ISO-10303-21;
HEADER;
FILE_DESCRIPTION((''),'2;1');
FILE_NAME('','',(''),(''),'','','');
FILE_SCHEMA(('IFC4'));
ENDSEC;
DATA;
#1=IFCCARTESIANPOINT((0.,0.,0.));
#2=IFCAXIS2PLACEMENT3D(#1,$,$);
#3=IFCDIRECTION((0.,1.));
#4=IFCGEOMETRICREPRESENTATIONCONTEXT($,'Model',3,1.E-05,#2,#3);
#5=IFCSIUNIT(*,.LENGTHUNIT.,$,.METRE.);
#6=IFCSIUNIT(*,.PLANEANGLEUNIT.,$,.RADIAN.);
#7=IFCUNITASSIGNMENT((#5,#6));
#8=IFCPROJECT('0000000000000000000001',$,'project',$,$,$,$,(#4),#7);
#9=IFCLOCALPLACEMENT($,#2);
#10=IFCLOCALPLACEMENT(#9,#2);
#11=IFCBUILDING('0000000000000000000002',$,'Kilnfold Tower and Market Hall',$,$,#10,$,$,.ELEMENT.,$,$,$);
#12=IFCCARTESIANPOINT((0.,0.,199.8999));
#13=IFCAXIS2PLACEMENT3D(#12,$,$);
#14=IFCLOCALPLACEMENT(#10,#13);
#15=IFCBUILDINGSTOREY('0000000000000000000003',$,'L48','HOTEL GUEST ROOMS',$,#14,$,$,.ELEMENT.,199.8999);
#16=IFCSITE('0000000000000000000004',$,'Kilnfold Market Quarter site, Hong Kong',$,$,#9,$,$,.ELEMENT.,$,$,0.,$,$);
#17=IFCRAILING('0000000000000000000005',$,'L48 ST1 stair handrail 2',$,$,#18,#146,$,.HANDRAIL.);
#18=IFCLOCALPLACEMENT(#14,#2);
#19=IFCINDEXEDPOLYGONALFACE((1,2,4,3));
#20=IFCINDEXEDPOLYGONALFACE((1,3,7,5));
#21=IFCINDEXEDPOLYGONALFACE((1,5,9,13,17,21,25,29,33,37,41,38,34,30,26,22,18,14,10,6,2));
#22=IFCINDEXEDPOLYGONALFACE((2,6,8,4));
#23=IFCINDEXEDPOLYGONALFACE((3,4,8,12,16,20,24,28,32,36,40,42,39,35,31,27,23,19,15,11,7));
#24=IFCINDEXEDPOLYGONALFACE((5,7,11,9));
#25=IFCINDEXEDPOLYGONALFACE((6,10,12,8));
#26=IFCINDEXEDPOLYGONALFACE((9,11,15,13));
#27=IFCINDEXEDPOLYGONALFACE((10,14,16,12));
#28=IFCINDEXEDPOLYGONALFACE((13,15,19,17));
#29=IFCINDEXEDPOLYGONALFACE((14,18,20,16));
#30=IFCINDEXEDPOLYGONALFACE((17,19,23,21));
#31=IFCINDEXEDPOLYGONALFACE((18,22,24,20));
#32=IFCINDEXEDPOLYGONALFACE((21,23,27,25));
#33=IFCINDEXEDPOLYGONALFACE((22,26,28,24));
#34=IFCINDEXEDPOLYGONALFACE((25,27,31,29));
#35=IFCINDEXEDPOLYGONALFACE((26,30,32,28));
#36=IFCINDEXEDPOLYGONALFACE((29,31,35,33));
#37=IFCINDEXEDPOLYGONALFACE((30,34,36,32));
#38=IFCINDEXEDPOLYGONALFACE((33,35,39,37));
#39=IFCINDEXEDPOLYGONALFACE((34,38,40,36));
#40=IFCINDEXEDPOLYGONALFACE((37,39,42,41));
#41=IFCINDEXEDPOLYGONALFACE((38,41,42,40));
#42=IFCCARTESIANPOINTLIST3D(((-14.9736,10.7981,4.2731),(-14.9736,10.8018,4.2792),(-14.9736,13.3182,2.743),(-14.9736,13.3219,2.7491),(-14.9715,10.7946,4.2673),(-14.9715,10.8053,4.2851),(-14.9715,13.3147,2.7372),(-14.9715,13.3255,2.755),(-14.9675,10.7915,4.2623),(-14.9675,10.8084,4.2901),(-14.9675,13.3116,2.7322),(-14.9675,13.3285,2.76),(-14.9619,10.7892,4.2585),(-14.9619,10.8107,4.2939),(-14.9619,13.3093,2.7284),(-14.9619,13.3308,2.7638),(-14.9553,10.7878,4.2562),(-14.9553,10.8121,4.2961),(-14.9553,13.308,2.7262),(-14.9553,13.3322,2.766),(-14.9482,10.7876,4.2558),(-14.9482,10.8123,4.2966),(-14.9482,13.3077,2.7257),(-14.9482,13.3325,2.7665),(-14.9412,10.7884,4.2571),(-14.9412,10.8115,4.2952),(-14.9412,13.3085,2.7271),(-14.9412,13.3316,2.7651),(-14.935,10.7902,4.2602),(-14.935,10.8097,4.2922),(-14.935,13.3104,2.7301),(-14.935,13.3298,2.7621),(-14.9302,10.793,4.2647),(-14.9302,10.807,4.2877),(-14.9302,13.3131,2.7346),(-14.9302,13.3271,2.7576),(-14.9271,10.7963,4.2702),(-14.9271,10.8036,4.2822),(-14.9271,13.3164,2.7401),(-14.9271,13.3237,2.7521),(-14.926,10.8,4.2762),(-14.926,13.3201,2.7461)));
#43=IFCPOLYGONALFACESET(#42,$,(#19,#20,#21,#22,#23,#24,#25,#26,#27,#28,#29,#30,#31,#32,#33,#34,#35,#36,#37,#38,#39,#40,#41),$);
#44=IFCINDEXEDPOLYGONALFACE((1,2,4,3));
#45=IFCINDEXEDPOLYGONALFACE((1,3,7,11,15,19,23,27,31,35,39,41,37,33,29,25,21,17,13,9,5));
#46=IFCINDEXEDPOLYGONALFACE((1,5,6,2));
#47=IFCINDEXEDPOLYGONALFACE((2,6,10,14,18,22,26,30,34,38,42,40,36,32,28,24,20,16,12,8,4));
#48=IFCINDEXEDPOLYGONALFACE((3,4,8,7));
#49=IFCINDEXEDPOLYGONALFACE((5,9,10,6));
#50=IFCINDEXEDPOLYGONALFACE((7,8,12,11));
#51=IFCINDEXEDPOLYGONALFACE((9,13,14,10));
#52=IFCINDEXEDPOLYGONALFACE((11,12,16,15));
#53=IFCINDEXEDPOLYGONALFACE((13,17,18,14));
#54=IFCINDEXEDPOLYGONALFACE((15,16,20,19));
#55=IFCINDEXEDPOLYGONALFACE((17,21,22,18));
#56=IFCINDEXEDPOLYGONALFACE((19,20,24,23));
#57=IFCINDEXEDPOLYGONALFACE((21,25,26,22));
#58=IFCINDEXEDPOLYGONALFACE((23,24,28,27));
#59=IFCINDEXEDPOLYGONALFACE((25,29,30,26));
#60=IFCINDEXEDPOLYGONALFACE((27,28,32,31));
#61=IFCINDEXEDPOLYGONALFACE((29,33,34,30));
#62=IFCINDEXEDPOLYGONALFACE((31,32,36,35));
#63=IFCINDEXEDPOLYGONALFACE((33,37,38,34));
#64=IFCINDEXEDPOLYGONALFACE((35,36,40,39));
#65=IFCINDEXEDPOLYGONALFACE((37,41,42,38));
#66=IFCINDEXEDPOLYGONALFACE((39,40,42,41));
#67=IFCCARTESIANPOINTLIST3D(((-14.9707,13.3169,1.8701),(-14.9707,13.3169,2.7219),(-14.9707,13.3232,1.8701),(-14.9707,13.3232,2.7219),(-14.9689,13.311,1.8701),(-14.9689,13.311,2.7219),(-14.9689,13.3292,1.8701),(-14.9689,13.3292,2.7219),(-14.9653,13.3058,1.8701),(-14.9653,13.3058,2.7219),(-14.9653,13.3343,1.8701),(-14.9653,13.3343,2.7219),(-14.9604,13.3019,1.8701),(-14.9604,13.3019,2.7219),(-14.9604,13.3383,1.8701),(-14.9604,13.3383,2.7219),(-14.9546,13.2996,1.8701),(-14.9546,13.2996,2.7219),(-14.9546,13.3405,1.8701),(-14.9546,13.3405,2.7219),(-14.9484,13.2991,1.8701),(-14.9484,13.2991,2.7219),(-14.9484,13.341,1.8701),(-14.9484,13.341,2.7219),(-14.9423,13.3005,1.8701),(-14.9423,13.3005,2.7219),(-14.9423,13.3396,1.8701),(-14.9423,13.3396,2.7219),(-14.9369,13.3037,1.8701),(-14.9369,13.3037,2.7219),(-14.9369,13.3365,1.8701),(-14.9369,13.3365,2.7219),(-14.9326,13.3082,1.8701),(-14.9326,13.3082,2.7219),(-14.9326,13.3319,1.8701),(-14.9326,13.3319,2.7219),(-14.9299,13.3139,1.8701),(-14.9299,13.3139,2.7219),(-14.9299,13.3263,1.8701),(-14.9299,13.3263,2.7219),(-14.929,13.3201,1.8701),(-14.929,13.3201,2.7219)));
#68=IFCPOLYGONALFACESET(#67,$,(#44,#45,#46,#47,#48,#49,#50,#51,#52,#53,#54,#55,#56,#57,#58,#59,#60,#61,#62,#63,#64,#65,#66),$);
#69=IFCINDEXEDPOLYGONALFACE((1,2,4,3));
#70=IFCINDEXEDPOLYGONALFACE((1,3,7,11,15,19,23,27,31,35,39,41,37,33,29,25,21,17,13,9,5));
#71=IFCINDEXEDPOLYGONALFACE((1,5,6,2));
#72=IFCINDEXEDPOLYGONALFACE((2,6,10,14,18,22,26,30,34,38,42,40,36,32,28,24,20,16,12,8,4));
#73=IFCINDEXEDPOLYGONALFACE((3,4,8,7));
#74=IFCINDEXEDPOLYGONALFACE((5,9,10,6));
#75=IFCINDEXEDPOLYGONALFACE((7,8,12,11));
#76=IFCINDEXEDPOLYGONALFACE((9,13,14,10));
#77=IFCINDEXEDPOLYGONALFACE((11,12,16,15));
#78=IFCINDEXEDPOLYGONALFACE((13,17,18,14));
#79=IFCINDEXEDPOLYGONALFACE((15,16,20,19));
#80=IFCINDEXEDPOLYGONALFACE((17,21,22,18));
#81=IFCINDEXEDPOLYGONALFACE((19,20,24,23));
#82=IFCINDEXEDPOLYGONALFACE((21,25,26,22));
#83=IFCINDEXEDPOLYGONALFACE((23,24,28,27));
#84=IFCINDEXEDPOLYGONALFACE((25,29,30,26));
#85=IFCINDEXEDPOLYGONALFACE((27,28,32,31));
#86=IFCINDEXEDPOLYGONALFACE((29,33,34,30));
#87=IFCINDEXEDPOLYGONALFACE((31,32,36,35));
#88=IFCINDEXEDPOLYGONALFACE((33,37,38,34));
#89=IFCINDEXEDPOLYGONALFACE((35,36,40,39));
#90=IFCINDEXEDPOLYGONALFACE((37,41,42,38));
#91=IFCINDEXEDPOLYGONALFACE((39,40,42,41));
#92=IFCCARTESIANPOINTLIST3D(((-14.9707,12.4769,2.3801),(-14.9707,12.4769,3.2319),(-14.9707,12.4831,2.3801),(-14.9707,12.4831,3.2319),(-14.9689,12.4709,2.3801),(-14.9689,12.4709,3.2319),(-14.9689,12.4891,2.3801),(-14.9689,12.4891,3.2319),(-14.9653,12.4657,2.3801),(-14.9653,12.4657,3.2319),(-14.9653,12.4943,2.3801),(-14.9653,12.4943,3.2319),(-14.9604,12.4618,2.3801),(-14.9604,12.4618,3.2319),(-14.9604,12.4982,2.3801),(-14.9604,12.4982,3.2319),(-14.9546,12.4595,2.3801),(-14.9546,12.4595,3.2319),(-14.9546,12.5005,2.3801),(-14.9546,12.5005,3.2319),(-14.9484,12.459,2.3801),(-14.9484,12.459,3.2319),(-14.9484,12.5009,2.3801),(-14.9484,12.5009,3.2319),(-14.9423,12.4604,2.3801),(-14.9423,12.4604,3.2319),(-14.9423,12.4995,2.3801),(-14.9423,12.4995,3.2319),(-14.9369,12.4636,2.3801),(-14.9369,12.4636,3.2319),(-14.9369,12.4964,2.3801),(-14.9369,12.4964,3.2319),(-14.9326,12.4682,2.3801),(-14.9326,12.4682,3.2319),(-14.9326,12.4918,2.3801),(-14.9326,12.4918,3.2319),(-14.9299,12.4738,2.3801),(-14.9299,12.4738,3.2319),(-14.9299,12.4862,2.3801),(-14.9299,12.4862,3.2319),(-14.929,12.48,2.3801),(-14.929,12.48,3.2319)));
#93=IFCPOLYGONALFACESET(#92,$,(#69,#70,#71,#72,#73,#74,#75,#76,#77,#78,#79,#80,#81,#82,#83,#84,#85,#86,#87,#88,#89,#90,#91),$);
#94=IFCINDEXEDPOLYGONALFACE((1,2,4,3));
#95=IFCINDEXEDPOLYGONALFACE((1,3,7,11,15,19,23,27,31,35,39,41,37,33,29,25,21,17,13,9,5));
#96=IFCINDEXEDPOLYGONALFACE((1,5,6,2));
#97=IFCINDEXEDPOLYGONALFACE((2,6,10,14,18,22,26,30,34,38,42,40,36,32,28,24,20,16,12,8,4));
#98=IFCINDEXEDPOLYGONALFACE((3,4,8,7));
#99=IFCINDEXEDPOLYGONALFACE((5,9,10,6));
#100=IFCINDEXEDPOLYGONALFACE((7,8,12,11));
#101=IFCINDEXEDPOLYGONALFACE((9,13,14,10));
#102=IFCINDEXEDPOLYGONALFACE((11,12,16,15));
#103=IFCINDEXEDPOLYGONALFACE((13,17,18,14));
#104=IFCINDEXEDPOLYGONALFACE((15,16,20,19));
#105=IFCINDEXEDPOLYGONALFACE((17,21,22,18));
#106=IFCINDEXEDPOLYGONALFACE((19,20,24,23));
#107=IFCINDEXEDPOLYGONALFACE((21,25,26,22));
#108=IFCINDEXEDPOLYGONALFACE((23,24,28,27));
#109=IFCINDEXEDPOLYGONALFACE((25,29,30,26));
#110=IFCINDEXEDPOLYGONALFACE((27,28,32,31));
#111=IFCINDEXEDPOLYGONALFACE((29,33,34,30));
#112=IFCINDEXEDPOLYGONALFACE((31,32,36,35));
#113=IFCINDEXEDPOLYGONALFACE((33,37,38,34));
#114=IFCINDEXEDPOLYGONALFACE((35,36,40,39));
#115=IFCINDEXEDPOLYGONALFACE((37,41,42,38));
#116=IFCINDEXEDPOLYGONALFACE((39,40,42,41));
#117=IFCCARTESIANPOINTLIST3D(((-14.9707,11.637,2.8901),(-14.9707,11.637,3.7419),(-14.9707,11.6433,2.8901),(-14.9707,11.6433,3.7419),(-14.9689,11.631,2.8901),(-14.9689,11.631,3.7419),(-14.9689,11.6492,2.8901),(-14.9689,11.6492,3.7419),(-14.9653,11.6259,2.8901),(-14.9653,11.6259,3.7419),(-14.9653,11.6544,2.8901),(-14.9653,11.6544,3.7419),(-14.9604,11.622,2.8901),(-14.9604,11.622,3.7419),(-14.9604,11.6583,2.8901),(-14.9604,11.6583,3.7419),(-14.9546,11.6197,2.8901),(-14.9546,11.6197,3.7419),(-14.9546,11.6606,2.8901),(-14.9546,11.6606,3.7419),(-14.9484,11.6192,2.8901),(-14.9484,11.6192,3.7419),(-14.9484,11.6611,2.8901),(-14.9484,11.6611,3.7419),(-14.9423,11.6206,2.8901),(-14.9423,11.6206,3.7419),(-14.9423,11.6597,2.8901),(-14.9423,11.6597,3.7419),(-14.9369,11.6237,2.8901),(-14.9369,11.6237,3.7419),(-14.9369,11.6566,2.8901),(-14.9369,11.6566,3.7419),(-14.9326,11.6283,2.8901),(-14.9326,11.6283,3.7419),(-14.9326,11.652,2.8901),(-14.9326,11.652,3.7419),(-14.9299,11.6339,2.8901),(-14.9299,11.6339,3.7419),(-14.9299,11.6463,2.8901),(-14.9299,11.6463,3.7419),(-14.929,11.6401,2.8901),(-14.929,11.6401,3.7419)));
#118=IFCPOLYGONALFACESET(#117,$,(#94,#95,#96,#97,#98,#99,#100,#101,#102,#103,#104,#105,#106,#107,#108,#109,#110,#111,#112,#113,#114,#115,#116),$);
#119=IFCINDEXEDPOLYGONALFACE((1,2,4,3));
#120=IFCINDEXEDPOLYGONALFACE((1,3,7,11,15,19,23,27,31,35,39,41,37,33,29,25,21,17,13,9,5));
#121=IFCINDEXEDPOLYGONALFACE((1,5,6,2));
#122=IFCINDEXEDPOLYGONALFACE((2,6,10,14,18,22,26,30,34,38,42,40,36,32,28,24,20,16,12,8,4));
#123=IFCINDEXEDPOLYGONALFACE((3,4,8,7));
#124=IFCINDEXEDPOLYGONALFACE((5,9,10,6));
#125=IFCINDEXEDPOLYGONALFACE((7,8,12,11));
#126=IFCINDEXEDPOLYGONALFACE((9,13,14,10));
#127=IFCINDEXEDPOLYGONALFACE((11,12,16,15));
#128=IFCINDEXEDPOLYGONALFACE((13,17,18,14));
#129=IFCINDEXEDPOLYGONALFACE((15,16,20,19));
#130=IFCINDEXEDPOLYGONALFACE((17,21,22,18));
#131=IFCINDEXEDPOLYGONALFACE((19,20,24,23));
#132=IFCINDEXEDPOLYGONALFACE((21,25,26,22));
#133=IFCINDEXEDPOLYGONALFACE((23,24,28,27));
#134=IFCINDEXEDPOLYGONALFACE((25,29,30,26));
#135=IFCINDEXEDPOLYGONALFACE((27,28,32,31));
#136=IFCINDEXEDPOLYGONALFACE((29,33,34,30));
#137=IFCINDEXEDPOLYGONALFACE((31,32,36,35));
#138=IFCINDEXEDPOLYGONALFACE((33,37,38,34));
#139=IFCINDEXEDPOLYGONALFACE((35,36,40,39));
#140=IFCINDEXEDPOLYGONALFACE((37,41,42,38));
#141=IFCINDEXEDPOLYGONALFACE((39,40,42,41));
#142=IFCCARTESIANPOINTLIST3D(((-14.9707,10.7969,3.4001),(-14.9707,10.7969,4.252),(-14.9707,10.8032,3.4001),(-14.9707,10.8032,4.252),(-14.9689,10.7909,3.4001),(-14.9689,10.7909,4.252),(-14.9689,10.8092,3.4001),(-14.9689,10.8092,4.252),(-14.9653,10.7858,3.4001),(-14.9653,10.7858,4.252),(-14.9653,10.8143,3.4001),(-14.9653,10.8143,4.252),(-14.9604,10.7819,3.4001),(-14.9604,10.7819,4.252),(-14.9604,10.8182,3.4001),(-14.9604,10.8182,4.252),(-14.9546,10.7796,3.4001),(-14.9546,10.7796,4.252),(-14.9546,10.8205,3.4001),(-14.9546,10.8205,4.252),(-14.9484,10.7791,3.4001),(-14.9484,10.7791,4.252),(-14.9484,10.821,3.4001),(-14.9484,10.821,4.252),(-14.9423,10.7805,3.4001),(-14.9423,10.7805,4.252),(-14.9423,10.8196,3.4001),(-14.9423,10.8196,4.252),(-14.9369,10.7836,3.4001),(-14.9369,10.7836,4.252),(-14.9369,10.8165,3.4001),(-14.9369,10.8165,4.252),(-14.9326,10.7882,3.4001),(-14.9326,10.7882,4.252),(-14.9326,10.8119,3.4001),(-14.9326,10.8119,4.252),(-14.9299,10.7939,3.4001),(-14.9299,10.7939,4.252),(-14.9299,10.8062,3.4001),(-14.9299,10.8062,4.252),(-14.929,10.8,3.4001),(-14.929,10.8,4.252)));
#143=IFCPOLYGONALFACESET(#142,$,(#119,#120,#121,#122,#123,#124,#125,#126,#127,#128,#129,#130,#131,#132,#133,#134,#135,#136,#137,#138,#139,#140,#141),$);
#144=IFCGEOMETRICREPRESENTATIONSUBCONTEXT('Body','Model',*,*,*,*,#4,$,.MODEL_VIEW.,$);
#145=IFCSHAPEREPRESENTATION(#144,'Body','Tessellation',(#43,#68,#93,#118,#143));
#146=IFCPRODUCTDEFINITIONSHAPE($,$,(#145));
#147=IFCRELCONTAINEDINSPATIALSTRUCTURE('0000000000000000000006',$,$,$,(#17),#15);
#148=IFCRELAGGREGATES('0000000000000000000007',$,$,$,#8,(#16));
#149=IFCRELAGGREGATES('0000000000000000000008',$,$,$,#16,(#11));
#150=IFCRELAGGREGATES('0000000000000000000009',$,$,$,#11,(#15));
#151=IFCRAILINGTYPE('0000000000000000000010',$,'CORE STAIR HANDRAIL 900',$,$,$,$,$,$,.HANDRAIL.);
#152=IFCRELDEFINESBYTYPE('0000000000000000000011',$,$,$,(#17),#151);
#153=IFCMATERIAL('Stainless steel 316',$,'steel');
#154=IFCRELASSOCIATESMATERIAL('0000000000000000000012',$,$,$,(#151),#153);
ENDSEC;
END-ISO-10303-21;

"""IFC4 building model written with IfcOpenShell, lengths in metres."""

from ifc_helpers import new_model, si_unit, direction, frame, origin, origin_2d, place, context, subcontext, project, spatial, circle, extrude, material, type_object, element, save


model = new_model("IFC4")

# Units and contexts
model_context = context("Model", 3, precision=1e-05, world=origin(), true_north=direction((0.0, 1.0)))
body_context = subcontext(model_context, "Body", "Model", "MODEL_VIEW")
ifc_project = project(units=[si_unit("LENGTHUNIT", "METRE"), si_unit("PLANEANGLEUNIT", "RADIAN")], contexts=[model_context])

# Site, building, storey
site_placement = place(None, origin())
site = spatial("IfcSite", under=ifc_project, at=site_placement, Name="Kilnfold Market Quarter site, Hong Kong", CompositionType="ELEMENT", RefElevation=0.0)
building_placement = place(site_placement, origin())
building = spatial("IfcBuilding", under=site, at=building_placement, Name="Kilnfold Tower and Market Hall", CompositionType="ELEMENT")
storey_placement = place(building_placement, frame((0.0, 0.0, 199.8999)))
storey = spatial("IfcBuildingStorey", under=building, at=storey_placement, Name="L48", Description="HOTEL GUEST ROOMS", CompositionType="ELEMENT", Elevation=199.8999)

# Railing
ifc_material_1 = material(Name="Stainless steel 316", Category="steel")
railing_type_1 = type_object("IfcRailingType", Name="CORE STAIR HANDRAIL 900", PredefinedType="HANDRAIL", material=ifc_material_1)
railing_1_placement = place(storey_placement, frame((-14.95, 13.3201, 1.8701)))
element("IfcRailing", 1, at=railing_1_placement, inside=storey, type_object=railing_type_1, Name="L48 ST1 stair handrail 2", PredefinedType="HANDRAIL", context=body_context, shape_type="SweptSolid", body=[
    extrude(circle(Radius=0.0239, at=origin_2d()), frame((0.0, 0.0, 0.876), z_axis=(0.0, -0.854785, 0.518982), x_axis=(1.0, 0.0, 0.0)), (0.0, 0.0, 1.0), 2.9482),
    extrude(circle(Radius=0.021, at=origin_2d()), origin(), (0.0, 0.0, 1.0), 0.8518),
    extrude(circle(Radius=0.021, at=origin_2d()), frame((0.0, -0.8401, 0.51)), (0.0, 0.0, 1.0), 0.8518),
    extrude(circle(Radius=0.021, at=origin_2d()), frame((0.0, -1.6799, 1.02)), (0.0, 0.0, 1.0), 0.8518),
    extrude(circle(Radius=0.021, at=origin_2d()), frame((0.0, -2.52, 1.53)), (0.0, 0.0, 1.0), 0.8518),
])

save(model, "model.ifc")
